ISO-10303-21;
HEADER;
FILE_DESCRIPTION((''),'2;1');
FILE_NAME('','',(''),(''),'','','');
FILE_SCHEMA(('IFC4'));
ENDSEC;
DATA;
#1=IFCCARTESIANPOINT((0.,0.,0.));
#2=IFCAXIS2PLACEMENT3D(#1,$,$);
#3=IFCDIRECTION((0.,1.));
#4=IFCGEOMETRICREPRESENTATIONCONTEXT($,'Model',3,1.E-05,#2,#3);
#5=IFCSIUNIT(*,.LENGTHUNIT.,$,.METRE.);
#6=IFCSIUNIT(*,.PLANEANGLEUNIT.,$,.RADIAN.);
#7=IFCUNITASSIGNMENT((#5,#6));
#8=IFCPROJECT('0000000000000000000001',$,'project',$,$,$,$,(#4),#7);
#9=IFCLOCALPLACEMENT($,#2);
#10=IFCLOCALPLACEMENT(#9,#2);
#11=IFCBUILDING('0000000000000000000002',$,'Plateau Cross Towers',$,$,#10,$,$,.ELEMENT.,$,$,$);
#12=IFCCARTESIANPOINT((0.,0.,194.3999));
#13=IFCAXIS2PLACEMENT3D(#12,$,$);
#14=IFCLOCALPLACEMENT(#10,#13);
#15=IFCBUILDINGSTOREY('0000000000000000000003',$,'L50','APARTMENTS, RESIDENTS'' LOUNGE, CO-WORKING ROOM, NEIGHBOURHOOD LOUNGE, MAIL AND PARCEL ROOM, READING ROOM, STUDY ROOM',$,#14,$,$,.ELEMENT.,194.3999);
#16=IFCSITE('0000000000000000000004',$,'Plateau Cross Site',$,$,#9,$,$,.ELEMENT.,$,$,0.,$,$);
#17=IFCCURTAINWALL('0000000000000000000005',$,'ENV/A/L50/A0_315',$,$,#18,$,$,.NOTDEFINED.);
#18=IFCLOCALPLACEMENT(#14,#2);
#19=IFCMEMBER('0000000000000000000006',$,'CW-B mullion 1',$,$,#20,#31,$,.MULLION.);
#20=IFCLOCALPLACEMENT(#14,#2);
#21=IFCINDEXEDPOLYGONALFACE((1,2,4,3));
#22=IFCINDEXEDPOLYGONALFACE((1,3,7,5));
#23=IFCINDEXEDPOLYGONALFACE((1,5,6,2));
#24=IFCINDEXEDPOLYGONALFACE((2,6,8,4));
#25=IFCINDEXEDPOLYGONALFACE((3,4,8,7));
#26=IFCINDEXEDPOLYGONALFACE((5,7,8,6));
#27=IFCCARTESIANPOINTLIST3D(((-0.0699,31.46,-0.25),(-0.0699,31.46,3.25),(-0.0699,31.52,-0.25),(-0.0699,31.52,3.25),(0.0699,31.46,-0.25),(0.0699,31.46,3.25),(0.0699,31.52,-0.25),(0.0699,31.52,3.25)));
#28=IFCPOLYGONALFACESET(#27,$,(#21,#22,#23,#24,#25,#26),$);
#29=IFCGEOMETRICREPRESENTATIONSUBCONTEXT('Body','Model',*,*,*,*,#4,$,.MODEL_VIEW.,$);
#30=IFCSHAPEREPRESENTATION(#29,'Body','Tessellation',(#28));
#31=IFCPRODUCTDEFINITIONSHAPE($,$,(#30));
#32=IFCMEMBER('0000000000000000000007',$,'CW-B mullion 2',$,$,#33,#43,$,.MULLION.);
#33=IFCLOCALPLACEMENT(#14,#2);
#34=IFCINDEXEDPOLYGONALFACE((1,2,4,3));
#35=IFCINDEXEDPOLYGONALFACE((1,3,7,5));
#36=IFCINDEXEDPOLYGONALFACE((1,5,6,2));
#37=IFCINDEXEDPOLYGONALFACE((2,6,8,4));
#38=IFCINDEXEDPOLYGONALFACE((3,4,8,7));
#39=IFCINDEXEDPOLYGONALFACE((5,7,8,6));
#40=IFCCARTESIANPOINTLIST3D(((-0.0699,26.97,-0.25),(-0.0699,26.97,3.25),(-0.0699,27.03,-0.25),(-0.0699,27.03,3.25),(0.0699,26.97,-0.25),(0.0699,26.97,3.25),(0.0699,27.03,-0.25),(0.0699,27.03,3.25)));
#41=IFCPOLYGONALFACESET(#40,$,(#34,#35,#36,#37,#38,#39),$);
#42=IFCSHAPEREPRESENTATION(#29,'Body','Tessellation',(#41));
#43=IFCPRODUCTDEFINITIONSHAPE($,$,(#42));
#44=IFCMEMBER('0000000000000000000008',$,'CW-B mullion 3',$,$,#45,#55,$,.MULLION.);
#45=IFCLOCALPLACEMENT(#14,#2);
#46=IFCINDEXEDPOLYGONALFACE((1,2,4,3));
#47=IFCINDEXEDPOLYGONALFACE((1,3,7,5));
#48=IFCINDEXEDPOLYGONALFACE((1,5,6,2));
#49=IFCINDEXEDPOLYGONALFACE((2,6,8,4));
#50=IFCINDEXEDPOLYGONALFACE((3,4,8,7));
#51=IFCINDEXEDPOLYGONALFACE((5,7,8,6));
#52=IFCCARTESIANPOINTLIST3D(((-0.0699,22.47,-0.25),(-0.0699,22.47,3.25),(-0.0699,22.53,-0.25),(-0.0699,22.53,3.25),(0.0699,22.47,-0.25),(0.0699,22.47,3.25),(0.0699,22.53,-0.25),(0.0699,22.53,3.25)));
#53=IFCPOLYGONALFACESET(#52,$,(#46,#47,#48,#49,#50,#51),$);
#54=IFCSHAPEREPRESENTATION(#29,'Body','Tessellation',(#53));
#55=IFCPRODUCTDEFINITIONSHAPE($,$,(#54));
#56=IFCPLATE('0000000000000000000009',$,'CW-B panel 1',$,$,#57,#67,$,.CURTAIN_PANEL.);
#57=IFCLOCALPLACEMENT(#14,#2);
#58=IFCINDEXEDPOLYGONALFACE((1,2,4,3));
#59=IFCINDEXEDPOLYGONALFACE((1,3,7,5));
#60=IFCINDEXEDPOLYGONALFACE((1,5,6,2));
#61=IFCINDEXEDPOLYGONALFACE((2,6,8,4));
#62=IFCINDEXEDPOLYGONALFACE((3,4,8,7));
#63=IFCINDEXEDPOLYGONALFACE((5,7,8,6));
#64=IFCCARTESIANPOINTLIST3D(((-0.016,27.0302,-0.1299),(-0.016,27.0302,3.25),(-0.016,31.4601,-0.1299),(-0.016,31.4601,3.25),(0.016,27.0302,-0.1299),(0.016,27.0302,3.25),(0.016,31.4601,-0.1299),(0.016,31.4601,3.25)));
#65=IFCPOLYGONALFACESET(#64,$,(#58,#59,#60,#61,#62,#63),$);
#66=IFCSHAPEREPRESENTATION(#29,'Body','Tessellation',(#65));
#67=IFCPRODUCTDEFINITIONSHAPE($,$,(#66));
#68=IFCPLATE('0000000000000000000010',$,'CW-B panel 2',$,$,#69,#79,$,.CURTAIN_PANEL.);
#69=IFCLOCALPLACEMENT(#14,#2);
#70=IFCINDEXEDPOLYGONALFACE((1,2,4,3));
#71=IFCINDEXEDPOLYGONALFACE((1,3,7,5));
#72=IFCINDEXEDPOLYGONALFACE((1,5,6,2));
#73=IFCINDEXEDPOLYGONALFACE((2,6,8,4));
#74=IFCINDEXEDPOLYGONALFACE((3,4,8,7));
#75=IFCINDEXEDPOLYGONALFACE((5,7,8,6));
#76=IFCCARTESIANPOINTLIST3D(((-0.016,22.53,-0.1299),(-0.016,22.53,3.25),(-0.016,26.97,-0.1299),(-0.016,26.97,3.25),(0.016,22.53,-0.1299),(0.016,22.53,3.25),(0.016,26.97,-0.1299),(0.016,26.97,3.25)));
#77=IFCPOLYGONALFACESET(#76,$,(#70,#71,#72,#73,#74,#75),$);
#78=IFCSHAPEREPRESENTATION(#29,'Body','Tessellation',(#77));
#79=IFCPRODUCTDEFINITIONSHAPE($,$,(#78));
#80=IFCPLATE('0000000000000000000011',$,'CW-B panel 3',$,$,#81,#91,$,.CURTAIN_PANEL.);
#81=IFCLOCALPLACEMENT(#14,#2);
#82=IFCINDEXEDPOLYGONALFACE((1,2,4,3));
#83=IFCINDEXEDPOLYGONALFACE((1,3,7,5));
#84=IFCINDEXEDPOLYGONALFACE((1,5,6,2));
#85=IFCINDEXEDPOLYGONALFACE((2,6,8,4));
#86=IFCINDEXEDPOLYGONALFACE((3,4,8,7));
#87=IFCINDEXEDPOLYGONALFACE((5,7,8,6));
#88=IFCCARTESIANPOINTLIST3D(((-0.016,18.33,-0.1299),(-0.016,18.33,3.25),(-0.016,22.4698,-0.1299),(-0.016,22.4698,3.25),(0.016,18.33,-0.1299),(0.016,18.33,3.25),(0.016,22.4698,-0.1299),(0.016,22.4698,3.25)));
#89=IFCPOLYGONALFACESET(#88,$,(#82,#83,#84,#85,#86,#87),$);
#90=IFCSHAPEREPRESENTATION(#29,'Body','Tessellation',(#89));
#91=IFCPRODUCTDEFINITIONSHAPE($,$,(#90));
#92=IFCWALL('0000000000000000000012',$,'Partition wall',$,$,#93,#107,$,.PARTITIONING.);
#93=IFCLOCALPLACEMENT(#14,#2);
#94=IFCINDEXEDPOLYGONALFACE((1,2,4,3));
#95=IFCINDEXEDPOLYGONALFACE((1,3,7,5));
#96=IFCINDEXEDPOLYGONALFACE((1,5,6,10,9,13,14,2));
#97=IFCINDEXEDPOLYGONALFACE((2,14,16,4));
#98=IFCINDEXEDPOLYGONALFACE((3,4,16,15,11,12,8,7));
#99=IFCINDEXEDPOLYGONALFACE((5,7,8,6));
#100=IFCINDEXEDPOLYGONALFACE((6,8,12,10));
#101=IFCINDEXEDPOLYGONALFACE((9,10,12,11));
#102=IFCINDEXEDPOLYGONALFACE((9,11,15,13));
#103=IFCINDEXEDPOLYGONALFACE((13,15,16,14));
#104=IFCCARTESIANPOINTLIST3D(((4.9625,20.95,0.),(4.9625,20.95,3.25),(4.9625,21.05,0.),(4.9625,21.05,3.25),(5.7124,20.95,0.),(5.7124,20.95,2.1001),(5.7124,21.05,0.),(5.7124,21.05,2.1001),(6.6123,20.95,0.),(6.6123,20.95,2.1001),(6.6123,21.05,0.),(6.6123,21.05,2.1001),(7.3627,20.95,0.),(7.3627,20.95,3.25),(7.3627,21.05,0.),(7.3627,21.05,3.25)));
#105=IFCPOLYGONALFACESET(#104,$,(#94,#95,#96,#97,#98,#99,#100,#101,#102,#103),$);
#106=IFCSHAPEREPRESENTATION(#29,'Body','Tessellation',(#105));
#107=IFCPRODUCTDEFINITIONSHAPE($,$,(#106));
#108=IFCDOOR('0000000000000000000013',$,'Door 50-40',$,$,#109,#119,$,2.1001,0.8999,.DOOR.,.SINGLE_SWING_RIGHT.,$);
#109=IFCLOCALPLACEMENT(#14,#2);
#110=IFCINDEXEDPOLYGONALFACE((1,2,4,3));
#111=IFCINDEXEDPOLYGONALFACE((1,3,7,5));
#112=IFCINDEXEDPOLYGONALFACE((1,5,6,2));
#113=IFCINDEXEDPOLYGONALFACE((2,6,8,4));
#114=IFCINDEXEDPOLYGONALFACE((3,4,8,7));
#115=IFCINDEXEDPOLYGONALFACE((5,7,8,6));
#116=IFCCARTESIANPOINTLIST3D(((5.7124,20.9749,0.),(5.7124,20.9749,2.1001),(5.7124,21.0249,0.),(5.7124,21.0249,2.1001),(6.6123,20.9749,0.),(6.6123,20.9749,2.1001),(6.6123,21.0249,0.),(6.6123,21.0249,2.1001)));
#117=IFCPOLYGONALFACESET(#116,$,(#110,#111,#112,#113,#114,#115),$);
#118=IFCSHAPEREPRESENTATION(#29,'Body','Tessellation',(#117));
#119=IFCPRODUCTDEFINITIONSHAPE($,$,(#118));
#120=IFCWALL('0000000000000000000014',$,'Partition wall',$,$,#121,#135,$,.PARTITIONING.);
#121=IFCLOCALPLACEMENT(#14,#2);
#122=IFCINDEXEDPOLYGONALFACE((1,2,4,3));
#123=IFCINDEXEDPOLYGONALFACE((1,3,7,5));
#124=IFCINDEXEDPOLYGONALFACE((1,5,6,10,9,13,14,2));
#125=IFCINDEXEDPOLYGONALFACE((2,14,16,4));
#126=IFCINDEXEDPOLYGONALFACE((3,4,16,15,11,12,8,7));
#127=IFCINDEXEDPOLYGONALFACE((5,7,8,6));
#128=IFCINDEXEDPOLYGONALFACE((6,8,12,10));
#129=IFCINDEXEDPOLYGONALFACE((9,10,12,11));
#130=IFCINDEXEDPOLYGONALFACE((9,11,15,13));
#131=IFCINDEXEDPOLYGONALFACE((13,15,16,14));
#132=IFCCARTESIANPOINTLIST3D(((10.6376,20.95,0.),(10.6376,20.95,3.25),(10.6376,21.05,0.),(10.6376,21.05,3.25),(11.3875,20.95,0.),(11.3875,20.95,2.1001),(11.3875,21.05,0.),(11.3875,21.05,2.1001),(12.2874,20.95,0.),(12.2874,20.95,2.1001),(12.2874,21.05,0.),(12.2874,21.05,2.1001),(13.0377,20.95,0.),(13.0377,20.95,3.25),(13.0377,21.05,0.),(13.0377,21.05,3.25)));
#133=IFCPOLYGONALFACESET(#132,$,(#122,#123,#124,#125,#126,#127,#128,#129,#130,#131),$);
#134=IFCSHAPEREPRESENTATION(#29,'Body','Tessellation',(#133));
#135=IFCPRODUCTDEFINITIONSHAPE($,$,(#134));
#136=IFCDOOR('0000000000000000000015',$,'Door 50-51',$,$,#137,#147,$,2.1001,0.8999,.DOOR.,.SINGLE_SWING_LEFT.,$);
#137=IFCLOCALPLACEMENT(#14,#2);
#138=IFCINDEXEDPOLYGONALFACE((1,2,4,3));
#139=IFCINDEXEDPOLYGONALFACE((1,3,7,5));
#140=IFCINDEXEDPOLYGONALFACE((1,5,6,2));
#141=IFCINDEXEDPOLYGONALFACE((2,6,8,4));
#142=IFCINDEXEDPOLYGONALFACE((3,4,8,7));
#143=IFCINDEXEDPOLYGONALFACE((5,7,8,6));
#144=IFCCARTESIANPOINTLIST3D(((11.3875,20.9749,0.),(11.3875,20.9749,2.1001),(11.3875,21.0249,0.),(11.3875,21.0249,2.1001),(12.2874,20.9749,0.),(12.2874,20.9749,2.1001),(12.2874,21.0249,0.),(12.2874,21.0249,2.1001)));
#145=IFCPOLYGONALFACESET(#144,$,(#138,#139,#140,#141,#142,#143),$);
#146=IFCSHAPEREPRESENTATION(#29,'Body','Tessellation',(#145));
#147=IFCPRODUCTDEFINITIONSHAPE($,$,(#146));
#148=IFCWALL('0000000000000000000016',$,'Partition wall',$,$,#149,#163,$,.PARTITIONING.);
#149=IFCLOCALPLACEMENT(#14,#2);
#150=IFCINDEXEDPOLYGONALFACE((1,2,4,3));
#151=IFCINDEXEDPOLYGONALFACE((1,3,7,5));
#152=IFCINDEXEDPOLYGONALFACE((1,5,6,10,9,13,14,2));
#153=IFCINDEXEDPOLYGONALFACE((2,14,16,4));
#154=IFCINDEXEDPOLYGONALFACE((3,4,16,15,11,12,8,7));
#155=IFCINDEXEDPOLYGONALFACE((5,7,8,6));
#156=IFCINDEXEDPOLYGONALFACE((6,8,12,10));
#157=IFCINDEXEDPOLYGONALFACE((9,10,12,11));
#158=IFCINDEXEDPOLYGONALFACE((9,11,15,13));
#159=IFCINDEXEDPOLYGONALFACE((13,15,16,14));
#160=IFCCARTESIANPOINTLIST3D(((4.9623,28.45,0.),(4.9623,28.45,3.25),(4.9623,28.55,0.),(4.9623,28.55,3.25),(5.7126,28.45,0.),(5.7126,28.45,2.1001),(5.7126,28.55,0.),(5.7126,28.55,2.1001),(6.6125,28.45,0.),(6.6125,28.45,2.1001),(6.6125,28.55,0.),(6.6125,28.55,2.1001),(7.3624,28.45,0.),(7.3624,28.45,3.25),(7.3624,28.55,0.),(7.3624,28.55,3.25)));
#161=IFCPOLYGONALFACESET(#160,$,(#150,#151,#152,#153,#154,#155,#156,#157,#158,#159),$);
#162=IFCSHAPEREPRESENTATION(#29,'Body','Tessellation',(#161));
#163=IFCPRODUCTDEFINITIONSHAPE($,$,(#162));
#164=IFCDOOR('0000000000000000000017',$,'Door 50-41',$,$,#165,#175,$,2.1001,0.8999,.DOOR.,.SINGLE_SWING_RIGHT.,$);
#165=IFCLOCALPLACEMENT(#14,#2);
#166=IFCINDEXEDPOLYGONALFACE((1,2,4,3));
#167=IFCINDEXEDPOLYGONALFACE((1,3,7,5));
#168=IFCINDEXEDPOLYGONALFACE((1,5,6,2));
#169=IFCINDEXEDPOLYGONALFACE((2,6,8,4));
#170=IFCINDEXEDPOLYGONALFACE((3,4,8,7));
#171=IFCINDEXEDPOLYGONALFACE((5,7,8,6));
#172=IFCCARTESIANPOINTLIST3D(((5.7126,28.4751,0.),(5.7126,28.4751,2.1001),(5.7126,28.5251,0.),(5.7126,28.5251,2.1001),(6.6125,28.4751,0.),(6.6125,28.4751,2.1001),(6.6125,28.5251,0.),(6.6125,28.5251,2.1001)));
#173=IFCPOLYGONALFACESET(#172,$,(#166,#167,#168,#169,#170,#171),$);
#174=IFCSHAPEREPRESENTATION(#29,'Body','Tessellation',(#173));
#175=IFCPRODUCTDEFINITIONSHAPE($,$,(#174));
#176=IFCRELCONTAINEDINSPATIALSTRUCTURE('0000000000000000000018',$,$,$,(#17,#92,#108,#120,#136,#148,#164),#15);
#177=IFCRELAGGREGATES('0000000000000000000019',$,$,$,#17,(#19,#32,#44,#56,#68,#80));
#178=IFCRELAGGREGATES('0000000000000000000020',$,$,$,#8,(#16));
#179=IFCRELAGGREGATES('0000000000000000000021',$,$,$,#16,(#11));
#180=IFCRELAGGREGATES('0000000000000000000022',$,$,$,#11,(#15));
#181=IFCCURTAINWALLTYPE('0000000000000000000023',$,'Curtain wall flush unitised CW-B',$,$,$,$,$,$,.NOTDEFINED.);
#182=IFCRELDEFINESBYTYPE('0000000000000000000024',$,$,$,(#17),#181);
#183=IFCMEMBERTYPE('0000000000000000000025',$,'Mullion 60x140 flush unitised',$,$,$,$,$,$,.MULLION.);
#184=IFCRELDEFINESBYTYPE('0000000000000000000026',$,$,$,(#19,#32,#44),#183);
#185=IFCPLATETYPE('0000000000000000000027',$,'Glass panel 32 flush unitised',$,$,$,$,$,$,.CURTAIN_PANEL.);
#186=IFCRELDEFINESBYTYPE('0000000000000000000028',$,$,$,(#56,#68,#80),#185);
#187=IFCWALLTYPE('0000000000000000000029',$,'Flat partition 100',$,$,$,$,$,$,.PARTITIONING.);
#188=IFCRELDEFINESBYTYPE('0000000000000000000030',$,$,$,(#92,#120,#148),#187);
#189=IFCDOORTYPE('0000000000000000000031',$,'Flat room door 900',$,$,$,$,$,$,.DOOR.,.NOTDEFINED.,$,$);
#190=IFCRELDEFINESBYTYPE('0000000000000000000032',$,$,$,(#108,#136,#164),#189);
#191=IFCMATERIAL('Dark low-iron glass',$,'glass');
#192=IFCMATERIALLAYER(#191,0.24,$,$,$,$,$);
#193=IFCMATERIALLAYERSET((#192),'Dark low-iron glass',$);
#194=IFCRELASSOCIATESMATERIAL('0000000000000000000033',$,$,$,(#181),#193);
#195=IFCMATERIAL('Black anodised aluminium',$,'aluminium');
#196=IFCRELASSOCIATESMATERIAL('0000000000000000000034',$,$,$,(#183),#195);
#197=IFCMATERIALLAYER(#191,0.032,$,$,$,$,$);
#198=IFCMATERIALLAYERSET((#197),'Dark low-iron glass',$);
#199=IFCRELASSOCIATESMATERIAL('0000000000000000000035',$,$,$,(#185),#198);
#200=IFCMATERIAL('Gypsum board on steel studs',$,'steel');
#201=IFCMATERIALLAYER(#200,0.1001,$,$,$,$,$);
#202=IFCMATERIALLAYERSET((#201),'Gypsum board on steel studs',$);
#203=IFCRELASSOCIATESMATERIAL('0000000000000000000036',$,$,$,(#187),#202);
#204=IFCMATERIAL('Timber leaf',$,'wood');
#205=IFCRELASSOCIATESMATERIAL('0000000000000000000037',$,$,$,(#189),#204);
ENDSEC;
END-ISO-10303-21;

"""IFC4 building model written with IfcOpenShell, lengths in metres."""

from ifc_helpers import new_model, si_unit, direction, frame, frame_2d, origin, origin_2d, place, context, subcontext, project, spatial, rectangle, extrude, material, layer, layer_set, material_profile, profile_set, type_object, element, fill, aggregate, save


model = new_model("IFC4")

# Units and contexts
model_context = context("Model", 3, precision=1e-05, world=origin(), true_north=direction((0.0, 1.0)))
body_context = subcontext(model_context, "Body", "Model", "MODEL_VIEW")
ifc_project = project(units=[si_unit("LENGTHUNIT", "METRE"), si_unit("PLANEANGLEUNIT", "RADIAN")], contexts=[model_context])

# Site, building, storey
site_placement = place(None, origin())
site = spatial("IfcSite", under=ifc_project, at=site_placement, Name="Plateau Cross Site", CompositionType="ELEMENT", RefElevation=0.0)
building_placement = place(site_placement, origin())
building = spatial("IfcBuilding", under=site, at=building_placement, Name="Plateau Cross Towers", CompositionType="ELEMENT")
storey_placement = place(building_placement, frame((0.0, 0.0, 194.3999)))
storey = spatial("IfcBuildingStorey", under=building, at=storey_placement, Name="L50", Description="APARTMENTS, RESIDENTS' LOUNGE, CO-WORKING ROOM, NEIGHBOURHOOD LOUNGE, MAIL AND PARCEL ROOM, READING ROOM, STUDY ROOM", CompositionType="ELEMENT", Elevation=194.3999)

# Curtain wall, members, plates
ifc_material_1 = material(Name="Dark low-iron glass", Category="glass")
ifc_layer_1 = layer(ifc_material_1, 0.24)
ifc_layer_set_1 = layer_set([ifc_layer_1], Name="Dark low-iron glass")
curtain_wall_type = type_object("IfcCurtainWallType", Name="Curtain wall flush unitised CW-B", PredefinedType="NOTDEFINED", material=ifc_layer_set_1)
curtain_wall_placement = place(storey_placement, origin())
curtain_wall = element("IfcCurtainWall", 1, at=curtain_wall_placement, inside=storey, type_object=curtain_wall_type, Name="ENV/A/L50/A0_315", PredefinedType="NOTDEFINED")
ifc_material_2 = material(Name="Black anodised aluminium", Category="aluminium")
ifc_material_profile = material_profile(ifc_material_2, rectangle(XDim=0.0601, YDim=0.1399, at=origin_2d()), Name="MULLION 60x140")
ifc_profile_set = profile_set([ifc_material_profile], Name="Black anodised aluminium")
member_type = type_object("IfcMemberType", Name="Mullion 60x140 flush unitised", PredefinedType="MULLION", material=ifc_profile_set)
member_1_placement = place(storey_placement, frame((0.0, 31.49, -0.25), z_axis=(0.0, 0.0, 1.0), x_axis=(0.0, -1.0, 0.0)))
member_1 = element("IfcMember", 2, at=member_1_placement, type_object=member_type, Name="CW-B mullion 1", PredefinedType="MULLION", context=body_context, shape_type="SweptSolid", body=[
    extrude(rectangle(XDim=0.0601, YDim=0.1399, at=origin_2d()), origin(), (0.0, 0.0, 1.0), 3.5),
])
member_2_placement = place(storey_placement, frame((0.0, 27.0, -0.25), z_axis=(0.0, 0.0, 1.0), x_axis=(0.0, -1.0, 0.0)))
member_2 = element("IfcMember", 3, at=member_2_placement, type_object=member_type, Name="CW-B mullion 2", PredefinedType="MULLION", context=body_context, shape_type="SweptSolid", body=[
    extrude(rectangle(XDim=0.0601, YDim=0.1399, at=origin_2d()), origin(), (0.0, 0.0, 1.0), 3.5),
])
member_3_placement = place(storey_placement, frame((0.0, 22.5, -0.25), z_axis=(0.0, 0.0, 1.0), x_axis=(0.0, -1.0, 0.0)))
member_3 = element("IfcMember", 4, at=member_3_placement, type_object=member_type, Name="CW-B mullion 3", PredefinedType="MULLION", context=body_context, shape_type="SweptSolid", body=[
    extrude(rectangle(XDim=0.0601, YDim=0.1399, at=origin_2d()), origin(), (0.0, 0.0, 1.0), 3.5),
])
ifc_layer_2 = layer(ifc_material_1, 0.032)
ifc_layer_set_2 = layer_set([ifc_layer_2], Name="Dark low-iron glass")
plate_type = type_object("IfcPlateType", Name="Glass panel 32 flush unitised", PredefinedType="CURTAIN_PANEL", material=ifc_layer_set_2)
plate_1_placement = place(storey_placement, frame((0.0, 29.2451, -0.1299), z_axis=(0.0, 0.0, 1.0), x_axis=(0.0, -1.0, 0.0)))
plate_1 = element("IfcPlate", 5, at=plate_1_placement, type_object=plate_type, Name="CW-B panel 1", PredefinedType="CURTAIN_PANEL", context=body_context, shape_type="SweptSolid", body=[
    extrude(rectangle(XDim=4.4299, YDim=0.032, at=origin_2d()), origin(), (0.0, 0.0, 1.0), 3.3799),
])
plate_2_placement = place(storey_placement, frame((0.0, 24.75, -0.1299), z_axis=(0.0, 0.0, 1.0), x_axis=(0.0, -1.0, 0.0)))
plate_2 = element("IfcPlate", 6, at=plate_2_placement, type_object=plate_type, Name="CW-B panel 2", PredefinedType="CURTAIN_PANEL", context=body_context, shape_type="SweptSolid", body=[
    extrude(rectangle(XDim=4.4399, YDim=0.032, at=origin_2d()), origin(), (0.0, 0.0, 1.0), 3.3799),
])
plate_3_placement = place(storey_placement, frame((0.0, 20.3999, -0.1299), z_axis=(0.0, 0.0, 1.0), x_axis=(0.0, -1.0, 0.0)))
plate_3 = element("IfcPlate", 7, at=plate_3_placement, type_object=plate_type, Name="CW-B panel 3", PredefinedType="CURTAIN_PANEL", context=body_context, shape_type="SweptSolid", body=[
    extrude(rectangle(XDim=4.1399, YDim=0.032, at=origin_2d()), origin(), (0.0, 0.0, 1.0), 3.3799),
])
aggregate(curtain_wall, [member_1, member_2, member_3, plate_1, plate_2, plate_3])

# Walls, openings, doors
ifc_material_3 = material(Name="Gypsum board on steel studs", Category="steel")
ifc_layer_3 = layer(ifc_material_3, 0.1001)
ifc_layer_set_3 = layer_set([ifc_layer_3], Name="Gypsum board on steel studs")
wall_type_1 = type_object("IfcWallType", Name="Flat partition 100", PredefinedType="PARTITIONING", material=ifc_layer_set_3)
wall_1_placement = place(storey_placement, frame((4.9624, 21.0, 0.0), z_axis=(0.0, 0.0, 1.0), x_axis=(1.0, 0.0, 0.0)))
wall_1 = element("IfcWall", 8, at=wall_1_placement, inside=storey, type_object=wall_type_1, Name="Partition wall", PredefinedType="PARTITIONING", context=body_context, shape_type="SweptSolid", body=[
    extrude(rectangle(XDim=2.4001, YDim=0.1001, at=frame_2d((1.2002, 0.0))), origin(), (0.0, 0.0, 1.0), 3.25),
])
opening_1_placement = place(wall_1_placement, frame((0.75, 0.0, 0.0)))
opening_1 = element("IfcOpeningElement", 9, at=opening_1_placement, cuts=wall_1, PredefinedType="OPENING", context=body_context, shape_type="SweptSolid", body=[
    extrude(rectangle(XDim=0.8999, YDim=2.1001, at=frame_2d((0.45, 1.05))), frame((0.0, 0.0601, 0.0), z_axis=(0.0, -1.0, 0.0), x_axis=(1.0, 0.0, 0.0)), (0.0, 0.0, 1.0), 0.1201),
])
ifc_material_4 = material(Name="Timber leaf", Category="wood")
door_type_1 = type_object("IfcDoorType", Name="Flat room door 900", OperationType="NOTDEFINED", PredefinedType="DOOR", material=ifc_material_4)
door_1_placement = place(opening_1_placement, origin())
door_1 = element("IfcDoor", 10, at=door_1_placement, inside=storey, type_object=door_type_1, Name="Door 50-40", OperationType="SINGLE_SWING_RIGHT", OverallHeight=2.1001, OverallWidth=0.8999, PredefinedType="DOOR", context=body_context, shape_type="SweptSolid", body=[
    extrude(rectangle(XDim=0.8999, YDim=2.1001, at=frame_2d((0.45, 1.05))), frame((0.0, 0.0249, 0.0), z_axis=(0.0, -1.0, 0.0), x_axis=(1.0, 0.0, 0.0)), (0.0, 0.0, 1.0), 0.05),
])
fill(opening_1, door_1)
wall_2_placement = place(storey_placement, frame((10.6375, 21.0, 0.0), z_axis=(0.0, 0.0, 1.0), x_axis=(1.0, 0.0, 0.0)))
wall_2 = element("IfcWall", 11, at=wall_2_placement, inside=storey, type_object=wall_type_1, Name="Partition wall", PredefinedType="PARTITIONING", context=body_context, shape_type="SweptSolid", body=[
    extrude(rectangle(XDim=2.4001, YDim=0.1001, at=frame_2d((1.2002, 0.0))), origin(), (0.0, 0.0, 1.0), 3.25),
])
opening_2_placement = place(wall_2_placement, frame((0.75, 0.0, 0.0)))
opening_2 = element("IfcOpeningElement", 12, at=opening_2_placement, cuts=wall_2, PredefinedType="OPENING", context=body_context, shape_type="SweptSolid", body=[
    extrude(rectangle(XDim=0.8999, YDim=2.1001, at=frame_2d((0.45, 1.05))), frame((0.0, 0.0601, 0.0), z_axis=(0.0, -1.0, 0.0), x_axis=(1.0, 0.0, 0.0)), (0.0, 0.0, 1.0), 0.1201),
])
door_2_placement = place(opening_2_placement, origin())
door_2 = element("IfcDoor", 13, at=door_2_placement, inside=storey, type_object=door_type_1, Name="Door 50-51", OperationType="SINGLE_SWING_LEFT", OverallHeight=2.1001, OverallWidth=0.8999, PredefinedType="DOOR", context=body_context, shape_type="SweptSolid", body=[
    extrude(rectangle(XDim=0.8999, YDim=2.1001, at=frame_2d((0.45, 1.05))), frame((0.0, 0.0249, 0.0), z_axis=(0.0, -1.0, 0.0), x_axis=(1.0, 0.0, 0.0)), (0.0, 0.0, 1.0), 0.05),
])
fill(opening_2, door_2)
wall_3_placement = place(storey_placement, frame((7.3625, 28.5, 0.0), z_axis=(0.0, 0.0, 1.0), x_axis=(-1.0, 0.0, 0.0)))
wall_3 = element("IfcWall", 14, at=wall_3_placement, inside=storey, type_object=wall_type_1, Name="Partition wall", PredefinedType="PARTITIONING", context=body_context, shape_type="SweptSolid", body=[
    extrude(rectangle(XDim=2.4001, YDim=0.1001, at=frame_2d((1.2002, 0.0))), origin(), (0.0, 0.0, 1.0), 3.25),
])
opening_3_placement = place(wall_3_placement, frame((0.75, 0.0, 0.0)))
opening_3 = element("IfcOpeningElement", 15, at=opening_3_placement, cuts=wall_3, PredefinedType="OPENING", context=body_context, shape_type="SweptSolid", body=[
    extrude(rectangle(XDim=0.8999, YDim=2.1001, at=frame_2d((0.45, 1.05))), frame((0.0, 0.0601, 0.0), z_axis=(0.0, -1.0, 0.0), x_axis=(1.0, 0.0, 0.0)), (0.0, 0.0, 1.0), 0.1201),
])
door_3_placement = place(opening_3_placement, origin())
door_3 = element("IfcDoor", 16, at=door_3_placement, inside=storey, type_object=door_type_1, Name="Door 50-41", OperationType="SINGLE_SWING_RIGHT", OverallHeight=2.1001, OverallWidth=0.8999, PredefinedType="DOOR", context=body_context, shape_type="SweptSolid", body=[
    extrude(rectangle(XDim=0.8999, YDim=2.1001, at=frame_2d((0.45, 1.05))), frame((0.0, 0.0249, 0.0), z_axis=(0.0, -1.0, 0.0), x_axis=(1.0, 0.0, 0.0)), (0.0, 0.0, 1.0), 0.05),
])
fill(opening_3, door_3)

save(model, "model.ifc")
